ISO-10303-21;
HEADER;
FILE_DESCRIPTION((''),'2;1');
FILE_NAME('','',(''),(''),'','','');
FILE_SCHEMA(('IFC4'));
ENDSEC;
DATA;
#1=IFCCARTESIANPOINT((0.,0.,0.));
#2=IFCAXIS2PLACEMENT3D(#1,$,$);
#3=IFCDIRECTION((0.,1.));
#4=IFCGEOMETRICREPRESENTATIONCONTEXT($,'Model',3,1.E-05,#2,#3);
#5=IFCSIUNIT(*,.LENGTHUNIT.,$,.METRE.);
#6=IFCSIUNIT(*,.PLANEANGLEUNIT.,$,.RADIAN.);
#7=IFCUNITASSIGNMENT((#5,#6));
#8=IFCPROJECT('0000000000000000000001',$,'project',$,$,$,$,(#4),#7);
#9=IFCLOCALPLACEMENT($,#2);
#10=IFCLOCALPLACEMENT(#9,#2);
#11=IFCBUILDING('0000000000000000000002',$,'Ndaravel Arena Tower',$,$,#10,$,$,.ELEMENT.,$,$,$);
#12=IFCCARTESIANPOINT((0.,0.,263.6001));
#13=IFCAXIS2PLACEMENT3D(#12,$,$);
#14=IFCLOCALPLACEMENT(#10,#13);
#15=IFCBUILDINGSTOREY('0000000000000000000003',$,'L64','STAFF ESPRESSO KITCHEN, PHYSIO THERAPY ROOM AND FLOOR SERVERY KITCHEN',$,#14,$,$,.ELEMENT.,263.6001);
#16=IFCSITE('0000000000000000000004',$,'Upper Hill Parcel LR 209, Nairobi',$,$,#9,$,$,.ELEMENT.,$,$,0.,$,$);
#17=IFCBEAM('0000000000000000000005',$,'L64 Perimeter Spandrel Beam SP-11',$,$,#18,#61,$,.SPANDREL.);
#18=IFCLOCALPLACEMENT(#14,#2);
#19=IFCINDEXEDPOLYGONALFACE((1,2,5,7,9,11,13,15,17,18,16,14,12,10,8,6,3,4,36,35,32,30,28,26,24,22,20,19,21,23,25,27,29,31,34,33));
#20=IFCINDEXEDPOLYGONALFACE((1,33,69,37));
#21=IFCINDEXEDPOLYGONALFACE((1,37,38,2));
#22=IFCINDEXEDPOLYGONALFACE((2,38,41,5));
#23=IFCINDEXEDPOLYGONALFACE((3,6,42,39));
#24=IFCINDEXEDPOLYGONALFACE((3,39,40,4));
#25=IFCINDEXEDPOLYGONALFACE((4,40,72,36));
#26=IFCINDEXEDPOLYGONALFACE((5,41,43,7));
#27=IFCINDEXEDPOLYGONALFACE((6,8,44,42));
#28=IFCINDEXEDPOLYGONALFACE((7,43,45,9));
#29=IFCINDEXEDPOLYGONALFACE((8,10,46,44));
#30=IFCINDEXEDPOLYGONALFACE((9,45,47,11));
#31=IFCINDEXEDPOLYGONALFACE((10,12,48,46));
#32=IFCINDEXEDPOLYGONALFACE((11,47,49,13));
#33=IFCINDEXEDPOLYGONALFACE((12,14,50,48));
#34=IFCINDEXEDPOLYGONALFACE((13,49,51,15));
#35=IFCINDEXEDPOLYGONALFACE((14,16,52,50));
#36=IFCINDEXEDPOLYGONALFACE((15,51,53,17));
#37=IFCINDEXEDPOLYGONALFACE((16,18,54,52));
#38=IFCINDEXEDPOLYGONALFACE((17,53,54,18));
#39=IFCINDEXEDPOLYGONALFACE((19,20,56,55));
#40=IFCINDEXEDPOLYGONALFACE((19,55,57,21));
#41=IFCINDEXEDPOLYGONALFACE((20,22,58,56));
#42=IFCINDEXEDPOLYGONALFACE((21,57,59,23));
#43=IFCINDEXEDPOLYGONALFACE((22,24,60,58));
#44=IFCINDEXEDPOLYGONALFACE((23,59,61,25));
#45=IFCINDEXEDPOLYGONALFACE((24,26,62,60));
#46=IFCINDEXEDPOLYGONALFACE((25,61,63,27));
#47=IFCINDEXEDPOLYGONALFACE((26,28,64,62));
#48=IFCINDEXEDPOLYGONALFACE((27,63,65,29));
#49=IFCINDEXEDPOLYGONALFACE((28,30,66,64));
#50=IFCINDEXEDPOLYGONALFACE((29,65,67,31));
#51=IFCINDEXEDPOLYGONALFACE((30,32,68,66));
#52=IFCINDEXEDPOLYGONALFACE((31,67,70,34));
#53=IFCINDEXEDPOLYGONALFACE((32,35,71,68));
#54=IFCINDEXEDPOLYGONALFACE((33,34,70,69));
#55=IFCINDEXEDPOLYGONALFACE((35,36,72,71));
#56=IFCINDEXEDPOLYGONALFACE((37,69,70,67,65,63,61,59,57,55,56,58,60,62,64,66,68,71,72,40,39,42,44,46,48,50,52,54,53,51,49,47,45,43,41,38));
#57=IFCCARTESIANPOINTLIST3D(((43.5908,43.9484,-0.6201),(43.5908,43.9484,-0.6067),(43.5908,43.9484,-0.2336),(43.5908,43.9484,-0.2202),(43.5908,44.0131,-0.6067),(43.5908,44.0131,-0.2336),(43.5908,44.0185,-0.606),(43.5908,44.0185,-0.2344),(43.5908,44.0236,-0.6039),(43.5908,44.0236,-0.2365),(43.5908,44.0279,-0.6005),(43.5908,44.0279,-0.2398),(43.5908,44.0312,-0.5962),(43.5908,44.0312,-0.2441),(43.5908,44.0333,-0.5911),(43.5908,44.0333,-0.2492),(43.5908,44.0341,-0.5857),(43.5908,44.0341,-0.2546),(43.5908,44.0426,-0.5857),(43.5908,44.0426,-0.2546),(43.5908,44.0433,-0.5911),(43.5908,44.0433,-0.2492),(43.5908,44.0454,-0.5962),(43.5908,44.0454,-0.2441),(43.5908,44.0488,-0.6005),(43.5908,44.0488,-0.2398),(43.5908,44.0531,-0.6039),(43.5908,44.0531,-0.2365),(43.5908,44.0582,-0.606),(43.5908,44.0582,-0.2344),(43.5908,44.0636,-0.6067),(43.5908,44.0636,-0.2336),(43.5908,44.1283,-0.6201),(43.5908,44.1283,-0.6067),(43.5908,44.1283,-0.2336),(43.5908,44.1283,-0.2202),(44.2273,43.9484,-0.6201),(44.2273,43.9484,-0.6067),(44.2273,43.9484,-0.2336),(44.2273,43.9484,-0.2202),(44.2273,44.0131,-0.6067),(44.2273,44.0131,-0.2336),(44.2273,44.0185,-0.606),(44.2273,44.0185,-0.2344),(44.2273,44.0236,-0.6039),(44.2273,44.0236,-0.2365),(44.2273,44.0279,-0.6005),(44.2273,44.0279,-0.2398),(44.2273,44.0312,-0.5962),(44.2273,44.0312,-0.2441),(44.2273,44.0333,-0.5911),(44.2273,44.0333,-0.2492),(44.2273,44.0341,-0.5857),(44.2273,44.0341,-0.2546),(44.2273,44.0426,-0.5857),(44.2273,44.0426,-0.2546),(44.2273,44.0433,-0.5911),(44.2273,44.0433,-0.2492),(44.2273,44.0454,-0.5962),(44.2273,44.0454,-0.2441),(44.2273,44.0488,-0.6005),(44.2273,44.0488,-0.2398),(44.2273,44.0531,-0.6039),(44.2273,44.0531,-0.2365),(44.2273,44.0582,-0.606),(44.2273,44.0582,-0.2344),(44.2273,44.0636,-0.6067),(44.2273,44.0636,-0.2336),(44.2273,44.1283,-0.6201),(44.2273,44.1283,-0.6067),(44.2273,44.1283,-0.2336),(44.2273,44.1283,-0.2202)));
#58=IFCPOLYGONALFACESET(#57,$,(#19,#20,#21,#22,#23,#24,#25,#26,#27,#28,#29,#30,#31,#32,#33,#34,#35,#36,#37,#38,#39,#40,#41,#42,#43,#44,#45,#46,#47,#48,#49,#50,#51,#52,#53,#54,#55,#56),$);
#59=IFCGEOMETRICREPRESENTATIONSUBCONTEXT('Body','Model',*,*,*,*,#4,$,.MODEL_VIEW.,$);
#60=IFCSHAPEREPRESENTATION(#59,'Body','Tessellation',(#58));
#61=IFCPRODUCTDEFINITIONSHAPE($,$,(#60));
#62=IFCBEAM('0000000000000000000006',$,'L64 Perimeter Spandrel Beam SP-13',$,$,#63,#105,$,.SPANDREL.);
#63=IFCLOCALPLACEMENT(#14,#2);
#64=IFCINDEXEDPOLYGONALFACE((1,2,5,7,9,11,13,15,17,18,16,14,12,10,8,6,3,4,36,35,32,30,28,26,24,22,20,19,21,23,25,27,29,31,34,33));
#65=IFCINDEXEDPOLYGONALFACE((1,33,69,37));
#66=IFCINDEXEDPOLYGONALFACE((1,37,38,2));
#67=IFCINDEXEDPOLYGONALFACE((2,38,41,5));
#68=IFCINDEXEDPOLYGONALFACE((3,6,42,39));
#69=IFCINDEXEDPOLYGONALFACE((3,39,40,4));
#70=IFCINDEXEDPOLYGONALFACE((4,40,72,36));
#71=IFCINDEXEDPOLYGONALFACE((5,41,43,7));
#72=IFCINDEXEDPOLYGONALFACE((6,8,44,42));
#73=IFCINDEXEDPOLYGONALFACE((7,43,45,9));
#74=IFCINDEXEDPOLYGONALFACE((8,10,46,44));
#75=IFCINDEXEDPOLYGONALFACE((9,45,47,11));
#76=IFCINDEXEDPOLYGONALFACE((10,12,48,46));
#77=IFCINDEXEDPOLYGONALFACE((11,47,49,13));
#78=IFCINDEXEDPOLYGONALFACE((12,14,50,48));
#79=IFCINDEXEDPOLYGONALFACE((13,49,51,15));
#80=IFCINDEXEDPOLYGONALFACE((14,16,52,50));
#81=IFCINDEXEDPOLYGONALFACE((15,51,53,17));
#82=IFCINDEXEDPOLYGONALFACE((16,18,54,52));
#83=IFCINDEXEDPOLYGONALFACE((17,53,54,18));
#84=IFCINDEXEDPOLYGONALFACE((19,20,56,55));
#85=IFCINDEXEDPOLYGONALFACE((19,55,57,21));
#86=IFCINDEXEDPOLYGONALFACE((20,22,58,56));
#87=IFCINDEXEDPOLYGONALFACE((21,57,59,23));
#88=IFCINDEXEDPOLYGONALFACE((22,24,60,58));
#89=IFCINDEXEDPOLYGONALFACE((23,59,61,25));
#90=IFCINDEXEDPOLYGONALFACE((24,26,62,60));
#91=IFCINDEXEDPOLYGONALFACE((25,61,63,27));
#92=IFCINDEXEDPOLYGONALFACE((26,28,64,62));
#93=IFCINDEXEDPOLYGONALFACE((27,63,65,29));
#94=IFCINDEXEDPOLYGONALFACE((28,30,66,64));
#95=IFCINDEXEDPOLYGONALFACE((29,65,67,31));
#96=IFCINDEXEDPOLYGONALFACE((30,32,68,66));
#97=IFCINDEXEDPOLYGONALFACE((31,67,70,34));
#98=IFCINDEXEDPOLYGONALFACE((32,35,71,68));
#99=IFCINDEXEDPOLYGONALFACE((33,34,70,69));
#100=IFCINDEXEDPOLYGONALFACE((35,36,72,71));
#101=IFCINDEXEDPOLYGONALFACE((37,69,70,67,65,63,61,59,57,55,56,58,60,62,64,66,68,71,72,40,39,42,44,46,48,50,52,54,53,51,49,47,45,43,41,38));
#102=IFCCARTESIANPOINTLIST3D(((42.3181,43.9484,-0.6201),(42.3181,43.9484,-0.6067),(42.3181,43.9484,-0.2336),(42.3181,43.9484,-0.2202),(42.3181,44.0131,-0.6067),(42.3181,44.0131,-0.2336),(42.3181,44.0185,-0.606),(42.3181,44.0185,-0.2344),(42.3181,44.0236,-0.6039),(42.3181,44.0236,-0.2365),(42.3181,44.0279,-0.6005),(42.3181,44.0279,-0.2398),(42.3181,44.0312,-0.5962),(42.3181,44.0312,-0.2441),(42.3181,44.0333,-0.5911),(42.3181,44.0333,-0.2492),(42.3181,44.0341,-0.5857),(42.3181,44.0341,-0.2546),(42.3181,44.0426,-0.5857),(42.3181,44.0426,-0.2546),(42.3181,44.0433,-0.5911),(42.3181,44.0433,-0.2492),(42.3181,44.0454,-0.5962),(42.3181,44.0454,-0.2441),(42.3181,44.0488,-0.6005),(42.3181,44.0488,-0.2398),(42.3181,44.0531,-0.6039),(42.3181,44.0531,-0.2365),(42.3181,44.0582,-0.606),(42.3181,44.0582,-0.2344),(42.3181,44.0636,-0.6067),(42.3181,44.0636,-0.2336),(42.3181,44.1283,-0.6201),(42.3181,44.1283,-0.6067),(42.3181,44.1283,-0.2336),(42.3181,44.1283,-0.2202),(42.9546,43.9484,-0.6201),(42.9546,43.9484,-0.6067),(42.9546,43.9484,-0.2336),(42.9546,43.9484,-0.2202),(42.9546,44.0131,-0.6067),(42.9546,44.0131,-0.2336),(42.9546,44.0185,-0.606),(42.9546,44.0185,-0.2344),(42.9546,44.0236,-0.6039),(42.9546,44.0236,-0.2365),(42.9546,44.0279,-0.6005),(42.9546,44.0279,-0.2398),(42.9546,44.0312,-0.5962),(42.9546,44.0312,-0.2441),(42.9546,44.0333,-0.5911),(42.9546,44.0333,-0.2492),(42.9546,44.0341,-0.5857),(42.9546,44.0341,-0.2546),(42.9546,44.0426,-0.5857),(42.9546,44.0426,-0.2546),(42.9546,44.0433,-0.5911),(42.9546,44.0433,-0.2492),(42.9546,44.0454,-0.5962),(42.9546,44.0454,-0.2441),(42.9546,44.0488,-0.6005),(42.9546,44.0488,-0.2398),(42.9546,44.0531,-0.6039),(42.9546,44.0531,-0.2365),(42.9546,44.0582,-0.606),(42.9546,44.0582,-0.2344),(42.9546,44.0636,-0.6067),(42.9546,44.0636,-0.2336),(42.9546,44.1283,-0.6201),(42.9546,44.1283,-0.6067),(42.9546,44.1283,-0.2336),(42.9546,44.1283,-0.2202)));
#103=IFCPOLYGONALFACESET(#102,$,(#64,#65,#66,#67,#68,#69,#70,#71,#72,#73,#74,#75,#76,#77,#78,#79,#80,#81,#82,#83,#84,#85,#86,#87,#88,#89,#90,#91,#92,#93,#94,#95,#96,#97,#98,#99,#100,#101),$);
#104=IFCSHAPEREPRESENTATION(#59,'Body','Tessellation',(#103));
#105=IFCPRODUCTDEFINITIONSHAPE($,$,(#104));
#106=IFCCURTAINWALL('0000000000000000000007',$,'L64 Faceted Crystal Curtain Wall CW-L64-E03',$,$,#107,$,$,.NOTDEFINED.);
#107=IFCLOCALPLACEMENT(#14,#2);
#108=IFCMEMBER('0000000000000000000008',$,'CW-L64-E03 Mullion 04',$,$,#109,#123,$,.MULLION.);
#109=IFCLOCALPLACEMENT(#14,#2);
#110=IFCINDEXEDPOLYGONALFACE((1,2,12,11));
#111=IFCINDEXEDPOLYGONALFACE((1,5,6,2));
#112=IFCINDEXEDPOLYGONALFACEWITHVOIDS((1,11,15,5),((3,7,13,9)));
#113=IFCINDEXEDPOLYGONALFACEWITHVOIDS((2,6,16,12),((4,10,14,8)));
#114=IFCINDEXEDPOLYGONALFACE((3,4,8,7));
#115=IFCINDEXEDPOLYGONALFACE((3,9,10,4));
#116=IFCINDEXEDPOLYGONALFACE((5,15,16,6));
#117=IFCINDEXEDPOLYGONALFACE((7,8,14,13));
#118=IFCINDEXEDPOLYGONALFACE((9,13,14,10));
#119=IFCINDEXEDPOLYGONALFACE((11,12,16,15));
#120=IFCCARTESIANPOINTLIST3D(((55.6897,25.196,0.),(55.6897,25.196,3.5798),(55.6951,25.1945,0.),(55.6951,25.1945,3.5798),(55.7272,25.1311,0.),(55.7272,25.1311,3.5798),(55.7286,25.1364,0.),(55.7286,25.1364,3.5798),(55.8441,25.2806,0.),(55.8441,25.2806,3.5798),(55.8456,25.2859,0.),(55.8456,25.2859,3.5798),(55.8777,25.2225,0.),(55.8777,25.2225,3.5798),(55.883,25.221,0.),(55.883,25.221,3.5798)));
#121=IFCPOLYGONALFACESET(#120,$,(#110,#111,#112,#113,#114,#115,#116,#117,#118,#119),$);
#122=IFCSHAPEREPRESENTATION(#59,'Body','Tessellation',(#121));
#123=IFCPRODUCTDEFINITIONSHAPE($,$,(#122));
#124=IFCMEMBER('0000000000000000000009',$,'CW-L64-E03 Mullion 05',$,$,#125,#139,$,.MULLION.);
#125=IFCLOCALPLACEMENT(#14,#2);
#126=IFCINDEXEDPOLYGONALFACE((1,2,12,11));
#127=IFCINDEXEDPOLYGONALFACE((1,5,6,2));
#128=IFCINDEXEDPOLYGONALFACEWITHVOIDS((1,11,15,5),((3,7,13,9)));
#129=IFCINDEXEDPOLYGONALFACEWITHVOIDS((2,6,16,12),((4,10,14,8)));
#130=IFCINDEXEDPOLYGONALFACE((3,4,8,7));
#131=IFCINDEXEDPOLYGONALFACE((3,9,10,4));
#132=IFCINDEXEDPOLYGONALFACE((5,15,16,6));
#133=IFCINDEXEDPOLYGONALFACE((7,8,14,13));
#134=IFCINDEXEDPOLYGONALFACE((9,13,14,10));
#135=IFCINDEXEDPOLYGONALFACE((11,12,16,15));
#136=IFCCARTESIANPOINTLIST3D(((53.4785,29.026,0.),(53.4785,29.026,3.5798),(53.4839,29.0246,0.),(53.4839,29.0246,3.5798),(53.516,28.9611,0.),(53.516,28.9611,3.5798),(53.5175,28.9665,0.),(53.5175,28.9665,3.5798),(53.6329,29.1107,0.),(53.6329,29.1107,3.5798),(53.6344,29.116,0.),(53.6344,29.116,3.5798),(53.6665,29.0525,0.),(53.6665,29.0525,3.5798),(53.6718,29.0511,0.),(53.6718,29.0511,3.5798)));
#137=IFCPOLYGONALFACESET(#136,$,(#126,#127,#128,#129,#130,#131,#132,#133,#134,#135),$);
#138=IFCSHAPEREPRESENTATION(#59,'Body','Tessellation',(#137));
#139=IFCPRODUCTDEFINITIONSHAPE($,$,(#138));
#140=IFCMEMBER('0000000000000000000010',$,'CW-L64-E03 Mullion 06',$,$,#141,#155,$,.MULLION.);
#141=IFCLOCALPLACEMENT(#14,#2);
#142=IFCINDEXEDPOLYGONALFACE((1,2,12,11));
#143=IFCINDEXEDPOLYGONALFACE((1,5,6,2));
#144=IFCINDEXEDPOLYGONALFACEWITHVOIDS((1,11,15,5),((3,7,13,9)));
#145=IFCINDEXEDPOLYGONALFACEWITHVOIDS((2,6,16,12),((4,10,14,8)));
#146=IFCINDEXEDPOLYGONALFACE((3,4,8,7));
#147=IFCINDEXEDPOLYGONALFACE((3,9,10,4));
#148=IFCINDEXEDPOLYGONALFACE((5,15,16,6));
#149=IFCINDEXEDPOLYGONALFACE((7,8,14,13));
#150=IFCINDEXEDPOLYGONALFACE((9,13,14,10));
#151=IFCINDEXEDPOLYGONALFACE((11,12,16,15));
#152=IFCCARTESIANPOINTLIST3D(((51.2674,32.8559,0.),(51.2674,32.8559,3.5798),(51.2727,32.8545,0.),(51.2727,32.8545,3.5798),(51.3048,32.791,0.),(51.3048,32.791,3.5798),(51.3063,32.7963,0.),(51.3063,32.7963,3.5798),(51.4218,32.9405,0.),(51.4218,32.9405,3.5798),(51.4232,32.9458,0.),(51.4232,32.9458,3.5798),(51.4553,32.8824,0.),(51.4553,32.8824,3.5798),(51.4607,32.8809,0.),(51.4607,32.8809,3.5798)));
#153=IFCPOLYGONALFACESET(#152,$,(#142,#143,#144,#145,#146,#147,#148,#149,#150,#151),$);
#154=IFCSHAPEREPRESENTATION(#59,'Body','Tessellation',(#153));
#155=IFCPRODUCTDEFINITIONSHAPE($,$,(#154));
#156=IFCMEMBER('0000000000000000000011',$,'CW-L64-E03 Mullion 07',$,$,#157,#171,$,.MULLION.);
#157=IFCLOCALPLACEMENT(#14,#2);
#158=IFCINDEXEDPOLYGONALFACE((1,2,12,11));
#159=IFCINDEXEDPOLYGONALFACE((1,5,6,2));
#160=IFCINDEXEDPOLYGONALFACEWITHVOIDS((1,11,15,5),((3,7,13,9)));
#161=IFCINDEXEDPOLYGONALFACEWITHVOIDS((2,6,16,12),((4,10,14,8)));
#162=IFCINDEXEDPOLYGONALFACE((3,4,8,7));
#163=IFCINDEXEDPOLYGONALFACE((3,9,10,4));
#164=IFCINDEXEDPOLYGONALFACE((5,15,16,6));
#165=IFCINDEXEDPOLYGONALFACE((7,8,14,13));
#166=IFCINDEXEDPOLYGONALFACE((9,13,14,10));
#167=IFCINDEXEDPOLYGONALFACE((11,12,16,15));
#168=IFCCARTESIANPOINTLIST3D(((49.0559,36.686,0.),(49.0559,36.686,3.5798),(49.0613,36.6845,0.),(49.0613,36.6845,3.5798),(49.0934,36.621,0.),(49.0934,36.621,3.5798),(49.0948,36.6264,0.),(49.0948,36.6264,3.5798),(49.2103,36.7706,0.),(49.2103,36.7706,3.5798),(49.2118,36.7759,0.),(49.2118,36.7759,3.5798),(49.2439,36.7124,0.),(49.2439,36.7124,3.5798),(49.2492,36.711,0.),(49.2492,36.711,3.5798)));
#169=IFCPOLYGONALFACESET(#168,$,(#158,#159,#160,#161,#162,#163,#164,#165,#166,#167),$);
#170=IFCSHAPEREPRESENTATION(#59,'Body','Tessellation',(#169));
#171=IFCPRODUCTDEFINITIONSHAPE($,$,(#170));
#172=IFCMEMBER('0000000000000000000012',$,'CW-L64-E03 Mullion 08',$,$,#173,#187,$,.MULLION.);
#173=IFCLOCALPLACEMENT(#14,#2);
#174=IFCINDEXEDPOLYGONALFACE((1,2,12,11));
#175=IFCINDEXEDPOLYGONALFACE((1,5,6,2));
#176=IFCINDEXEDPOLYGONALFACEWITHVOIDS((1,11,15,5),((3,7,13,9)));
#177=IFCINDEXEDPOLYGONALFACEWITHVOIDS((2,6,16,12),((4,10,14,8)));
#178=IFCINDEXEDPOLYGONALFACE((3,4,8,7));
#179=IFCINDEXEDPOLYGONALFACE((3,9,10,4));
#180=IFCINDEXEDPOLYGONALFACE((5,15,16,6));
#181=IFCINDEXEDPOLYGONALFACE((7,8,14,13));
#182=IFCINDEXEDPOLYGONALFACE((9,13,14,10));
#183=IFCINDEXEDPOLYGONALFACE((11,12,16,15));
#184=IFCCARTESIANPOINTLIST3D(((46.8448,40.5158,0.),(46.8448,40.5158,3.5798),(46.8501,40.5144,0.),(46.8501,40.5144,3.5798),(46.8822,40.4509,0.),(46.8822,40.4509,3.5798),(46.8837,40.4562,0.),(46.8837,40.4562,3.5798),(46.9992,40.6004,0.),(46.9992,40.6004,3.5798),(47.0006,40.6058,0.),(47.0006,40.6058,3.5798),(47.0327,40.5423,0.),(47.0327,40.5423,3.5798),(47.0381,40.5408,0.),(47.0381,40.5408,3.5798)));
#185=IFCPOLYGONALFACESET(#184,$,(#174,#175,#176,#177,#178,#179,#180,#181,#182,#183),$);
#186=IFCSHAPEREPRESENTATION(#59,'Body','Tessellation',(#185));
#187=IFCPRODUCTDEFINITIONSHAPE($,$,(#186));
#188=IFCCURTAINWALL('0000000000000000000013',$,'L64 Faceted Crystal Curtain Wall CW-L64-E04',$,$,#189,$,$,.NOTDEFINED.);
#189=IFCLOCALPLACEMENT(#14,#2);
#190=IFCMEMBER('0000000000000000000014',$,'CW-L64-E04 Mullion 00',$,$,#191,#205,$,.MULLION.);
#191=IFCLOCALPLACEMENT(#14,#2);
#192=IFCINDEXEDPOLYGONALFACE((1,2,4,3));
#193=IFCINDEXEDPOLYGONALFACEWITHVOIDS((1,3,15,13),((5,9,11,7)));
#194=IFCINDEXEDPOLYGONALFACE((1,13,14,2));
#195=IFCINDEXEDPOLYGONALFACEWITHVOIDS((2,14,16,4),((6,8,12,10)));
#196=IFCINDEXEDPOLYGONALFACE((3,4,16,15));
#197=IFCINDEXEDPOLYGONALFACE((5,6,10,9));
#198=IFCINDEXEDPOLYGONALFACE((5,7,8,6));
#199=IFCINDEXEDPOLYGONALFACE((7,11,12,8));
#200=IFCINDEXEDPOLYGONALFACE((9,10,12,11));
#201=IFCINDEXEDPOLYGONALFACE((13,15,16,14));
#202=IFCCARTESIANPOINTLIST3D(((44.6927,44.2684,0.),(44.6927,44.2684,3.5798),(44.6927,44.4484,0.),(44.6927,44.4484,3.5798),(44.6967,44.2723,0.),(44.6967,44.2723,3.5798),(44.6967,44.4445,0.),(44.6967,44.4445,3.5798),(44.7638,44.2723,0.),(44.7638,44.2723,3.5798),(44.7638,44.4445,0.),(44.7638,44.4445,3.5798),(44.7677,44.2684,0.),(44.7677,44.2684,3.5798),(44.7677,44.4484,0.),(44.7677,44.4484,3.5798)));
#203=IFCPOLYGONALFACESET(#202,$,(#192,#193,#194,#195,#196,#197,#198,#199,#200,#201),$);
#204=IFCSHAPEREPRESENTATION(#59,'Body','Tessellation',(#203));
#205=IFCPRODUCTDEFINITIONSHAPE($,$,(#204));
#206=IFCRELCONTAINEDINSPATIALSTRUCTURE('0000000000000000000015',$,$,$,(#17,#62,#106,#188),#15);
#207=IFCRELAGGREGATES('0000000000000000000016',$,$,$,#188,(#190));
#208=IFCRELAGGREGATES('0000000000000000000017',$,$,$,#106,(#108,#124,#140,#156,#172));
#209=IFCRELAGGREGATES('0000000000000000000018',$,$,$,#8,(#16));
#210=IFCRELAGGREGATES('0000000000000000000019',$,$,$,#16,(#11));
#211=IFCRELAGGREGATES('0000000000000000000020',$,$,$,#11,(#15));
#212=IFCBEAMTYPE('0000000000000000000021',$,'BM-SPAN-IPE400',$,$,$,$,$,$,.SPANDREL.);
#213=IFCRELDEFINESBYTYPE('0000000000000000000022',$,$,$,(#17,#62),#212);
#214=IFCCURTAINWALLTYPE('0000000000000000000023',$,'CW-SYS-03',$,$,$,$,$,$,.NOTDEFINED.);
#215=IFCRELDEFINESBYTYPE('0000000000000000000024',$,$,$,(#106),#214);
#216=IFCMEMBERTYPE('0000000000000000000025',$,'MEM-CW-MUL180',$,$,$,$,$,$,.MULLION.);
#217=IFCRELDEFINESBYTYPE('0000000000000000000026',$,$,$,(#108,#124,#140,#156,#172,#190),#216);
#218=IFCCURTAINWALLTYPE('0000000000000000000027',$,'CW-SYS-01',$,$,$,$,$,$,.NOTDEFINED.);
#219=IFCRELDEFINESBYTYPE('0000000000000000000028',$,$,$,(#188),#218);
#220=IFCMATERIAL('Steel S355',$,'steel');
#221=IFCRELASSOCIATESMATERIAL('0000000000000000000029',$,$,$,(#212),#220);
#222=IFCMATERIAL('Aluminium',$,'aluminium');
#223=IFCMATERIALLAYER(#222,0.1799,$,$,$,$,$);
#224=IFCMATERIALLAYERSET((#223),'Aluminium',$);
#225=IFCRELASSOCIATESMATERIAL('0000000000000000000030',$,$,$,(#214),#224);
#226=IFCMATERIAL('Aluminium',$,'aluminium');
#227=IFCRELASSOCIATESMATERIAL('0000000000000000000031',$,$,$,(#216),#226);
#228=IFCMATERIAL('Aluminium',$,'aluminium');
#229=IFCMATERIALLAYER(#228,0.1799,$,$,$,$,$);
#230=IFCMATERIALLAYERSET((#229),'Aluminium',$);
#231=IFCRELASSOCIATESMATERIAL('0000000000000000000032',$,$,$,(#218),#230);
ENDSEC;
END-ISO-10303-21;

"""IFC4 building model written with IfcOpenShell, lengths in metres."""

from ifc_helpers import new_model, si_unit, direction, frame, origin, origin_2d, place, context, subcontext, project, spatial, hollow_rectangle, i_section, extrude, material, layer, layer_set, material_profile, profile_set, type_object, element, aggregate, save


model = new_model("IFC4")

# Units and contexts
model_context = context("Model", 3, precision=1e-05, world=origin(), true_north=direction((0.0, 1.0)))
body_context = subcontext(model_context, "Body", "Model", "MODEL_VIEW")
ifc_project = project(units=[si_unit("LENGTHUNIT", "METRE"), si_unit("PLANEANGLEUNIT", "RADIAN")], contexts=[model_context])

# Site, building, storey
site_placement = place(None, origin())
site = spatial("IfcSite", under=ifc_project, at=site_placement, Name="Upper Hill Parcel LR 209, Nairobi", CompositionType="ELEMENT", RefElevation=0.0)
building_placement = place(site_placement, origin())
building = spatial("IfcBuilding", under=site, at=building_placement, Name="Ndaravel Arena Tower", CompositionType="ELEMENT")
storey_placement = place(building_placement, frame((0.0, 0.0, 263.6001)))
storey = spatial("IfcBuildingStorey", under=building, at=storey_placement, Name="L64", Description="STAFF ESPRESSO KITCHEN, PHYSIO THERAPY ROOM AND FLOOR SERVERY KITCHEN", CompositionType="ELEMENT", Elevation=263.6001)

# Beams
ifc_material_1 = material(Name="Steel S355", Category="steel")
ifc_material_profile_1 = material_profile(ifc_material_1, i_section(OverallWidth=0.1799, OverallDepth=0.3999, WebThickness=0.0085, FlangeThickness=0.0134, FilletRadius=0.021, at=origin_2d()), Name="IPE 400")
ifc_profile_set_1 = profile_set([ifc_material_profile_1], Name="Steel S355")
beam_type_1 = type_object("IfcBeamType", Name="BM-SPAN-IPE400", PredefinedType="SPANDREL", material=ifc_profile_set_1)
for number, where, z_axis, x_axis, name in (
    (1, (44.2273, 44.0383, -0.4202), (-1.0, 0.0, 0.0), (0.0, -1.0, 0.0), "L64 Perimeter Spandrel Beam SP-11"),
    (2, (42.9546, 44.0383, -0.4202), (-1.0, 0.0, 0.0), (0.0, -1.0, 0.0), "L64 Perimeter Spandrel Beam SP-13"),
):
    element("IfcBeam", number, at=place(storey_placement, frame(where, z_axis=z_axis, x_axis=x_axis)), inside=storey, type_object=beam_type_1, Name=name, PredefinedType="SPANDREL", context=body_context, shape_type="SweptSolid", body=[
        extrude(i_section(OverallWidth=0.1799, OverallDepth=0.3999, WebThickness=0.0085, FlangeThickness=0.0134, FilletRadius=0.021, at=origin_2d()), origin(), (0.0, 0.0, 1.0), 0.6365),
    ])

# Curtain walls, members
ifc_material_2 = material(Name="Aluminium", Category="aluminium")
ifc_layer_1 = layer(ifc_material_2, 0.1799)
ifc_layer_set_1 = layer_set([ifc_layer_1], Name="Aluminium")
curtain_wall_type_1 = type_object("IfcCurtainWallType", Name="CW-SYS-03", PredefinedType="NOTDEFINED", material=ifc_layer_set_1)
curtain_wall_1_placement = place(storey_placement, origin())
curtain_wall_1 = element("IfcCurtainWall", 3, at=curtain_wall_1_placement, inside=storey, type_object=curtain_wall_type_1, Name="L64 Faceted Crystal Curtain Wall CW-L64-E03", PredefinedType="NOTDEFINED")
ifc_material_3 = material(Name="Aluminium", Category="aluminium")
ifc_material_profile_2 = material_profile(ifc_material_3, hollow_rectangle(XDim=0.075, YDim=0.1799, WallThickness=0.0039, at=origin_2d()), Name="CW MULLION 75x180x4")
ifc_profile_set_2 = profile_set([ifc_material_profile_2], Name="Aluminium")
member_type_1 = type_object("IfcMemberType", Name="MEM-CW-MUL180", PredefinedType="MULLION", material=ifc_profile_set_2)
member_1_placement = place(storey_placement, frame((55.7864, 25.2085, 0.0), z_axis=(0.0, 0.0, 1.0), x_axis=(-0.5, 0.866025, 0.0)))
member_1 = element("IfcMember", 4, at=member_1_placement, type_object=member_type_1, Name="CW-L64-E03 Mullion 04", PredefinedType="MULLION", context=body_context, shape_type="SweptSolid", body=[
    extrude(hollow_rectangle(XDim=0.075, YDim=0.1799, WallThickness=0.0039, at=origin_2d()), origin(), (0.0, 0.0, 1.0), 3.5798),
])
member_2_placement = place(storey_placement, frame((53.5752, 29.0386, 0.0), z_axis=(0.0, 0.0, 1.0), x_axis=(-0.5, 0.866025, 0.0)))
member_2 = element("IfcMember", 5, at=member_2_placement, type_object=member_type_1, Name="CW-L64-E03 Mullion 05", PredefinedType="MULLION", context=body_context, shape_type="SweptSolid", body=[
    extrude(hollow_rectangle(XDim=0.075, YDim=0.1799, WallThickness=0.0039, at=origin_2d()), origin(), (0.0, 0.0, 1.0), 3.5798),
])
member_3_placement = place(storey_placement, frame((51.364, 32.8684, 0.0), z_axis=(0.0, 0.0, 1.0), x_axis=(-0.5, 0.866025, 0.0)))
member_3 = element("IfcMember", 6, at=member_3_placement, type_object=member_type_1, Name="CW-L64-E03 Mullion 06", PredefinedType="MULLION", context=body_context, shape_type="SweptSolid", body=[
    extrude(hollow_rectangle(XDim=0.075, YDim=0.1799, WallThickness=0.0039, at=origin_2d()), origin(), (0.0, 0.0, 1.0), 3.5798),
])
member_4_placement = place(storey_placement, frame((49.1526, 36.6985, 0.0), z_axis=(0.0, 0.0, 1.0), x_axis=(-0.5, 0.866025, 0.0)))
member_4 = element("IfcMember", 7, at=member_4_placement, type_object=member_type_1, Name="CW-L64-E03 Mullion 07", PredefinedType="MULLION", context=body_context, shape_type="SweptSolid", body=[
    extrude(hollow_rectangle(XDim=0.075, YDim=0.1799, WallThickness=0.0039, at=origin_2d()), origin(), (0.0, 0.0, 1.0), 3.5798),
])
member_5_placement = place(storey_placement, frame((46.9414, 40.5283, 0.0), z_axis=(0.0, 0.0, 1.0), x_axis=(-0.5, 0.866025, 0.0)))
member_5 = element("IfcMember", 8, at=member_5_placement, type_object=member_type_1, Name="CW-L64-E03 Mullion 08", PredefinedType="MULLION", context=body_context, shape_type="SweptSolid", body=[
    extrude(hollow_rectangle(XDim=0.075, YDim=0.1799, WallThickness=0.0039, at=origin_2d()), origin(), (0.0, 0.0, 1.0), 3.5798),
])
ifc_material_4 = material(Name="Aluminium", Category="aluminium")
ifc_layer_2 = layer(ifc_material_4, 0.1799)
ifc_layer_set_2 = layer_set([ifc_layer_2], Name="Aluminium")
curtain_wall_type_2 = type_object("IfcCurtainWallType", Name="CW-SYS-01", PredefinedType="NOTDEFINED", material=ifc_layer_set_2)
curtain_wall_2_placement = place(storey_placement, origin())
curtain_wall_2 = element("IfcCurtainWall", 9, at=curtain_wall_2_placement, inside=storey, type_object=curtain_wall_type_2, Name="L64 Faceted Crystal Curtain Wall CW-L64-E04", PredefinedType="NOTDEFINED")
member_6_placement = place(storey_placement, frame((44.7302, 44.3584, 0.0), z_axis=(0.0, 0.0, 1.0), x_axis=(-1.0, 0.0, 0.0)))
member_6 = element("IfcMember", 10, at=member_6_placement, type_object=member_type_1, Name="CW-L64-E04 Mullion 00", PredefinedType="MULLION", context=body_context, shape_type="SweptSolid", body=[
    extrude(hollow_rectangle(XDim=0.075, YDim=0.1799, WallThickness=0.0039, at=origin_2d()), origin(), (0.0, 0.0, 1.0), 3.5798),
])
aggregate(curtain_wall_2, [member_6])

aggregate(curtain_wall_1, [member_1, member_2, member_3, member_4, member_5])

save(model, "model.ifc")
